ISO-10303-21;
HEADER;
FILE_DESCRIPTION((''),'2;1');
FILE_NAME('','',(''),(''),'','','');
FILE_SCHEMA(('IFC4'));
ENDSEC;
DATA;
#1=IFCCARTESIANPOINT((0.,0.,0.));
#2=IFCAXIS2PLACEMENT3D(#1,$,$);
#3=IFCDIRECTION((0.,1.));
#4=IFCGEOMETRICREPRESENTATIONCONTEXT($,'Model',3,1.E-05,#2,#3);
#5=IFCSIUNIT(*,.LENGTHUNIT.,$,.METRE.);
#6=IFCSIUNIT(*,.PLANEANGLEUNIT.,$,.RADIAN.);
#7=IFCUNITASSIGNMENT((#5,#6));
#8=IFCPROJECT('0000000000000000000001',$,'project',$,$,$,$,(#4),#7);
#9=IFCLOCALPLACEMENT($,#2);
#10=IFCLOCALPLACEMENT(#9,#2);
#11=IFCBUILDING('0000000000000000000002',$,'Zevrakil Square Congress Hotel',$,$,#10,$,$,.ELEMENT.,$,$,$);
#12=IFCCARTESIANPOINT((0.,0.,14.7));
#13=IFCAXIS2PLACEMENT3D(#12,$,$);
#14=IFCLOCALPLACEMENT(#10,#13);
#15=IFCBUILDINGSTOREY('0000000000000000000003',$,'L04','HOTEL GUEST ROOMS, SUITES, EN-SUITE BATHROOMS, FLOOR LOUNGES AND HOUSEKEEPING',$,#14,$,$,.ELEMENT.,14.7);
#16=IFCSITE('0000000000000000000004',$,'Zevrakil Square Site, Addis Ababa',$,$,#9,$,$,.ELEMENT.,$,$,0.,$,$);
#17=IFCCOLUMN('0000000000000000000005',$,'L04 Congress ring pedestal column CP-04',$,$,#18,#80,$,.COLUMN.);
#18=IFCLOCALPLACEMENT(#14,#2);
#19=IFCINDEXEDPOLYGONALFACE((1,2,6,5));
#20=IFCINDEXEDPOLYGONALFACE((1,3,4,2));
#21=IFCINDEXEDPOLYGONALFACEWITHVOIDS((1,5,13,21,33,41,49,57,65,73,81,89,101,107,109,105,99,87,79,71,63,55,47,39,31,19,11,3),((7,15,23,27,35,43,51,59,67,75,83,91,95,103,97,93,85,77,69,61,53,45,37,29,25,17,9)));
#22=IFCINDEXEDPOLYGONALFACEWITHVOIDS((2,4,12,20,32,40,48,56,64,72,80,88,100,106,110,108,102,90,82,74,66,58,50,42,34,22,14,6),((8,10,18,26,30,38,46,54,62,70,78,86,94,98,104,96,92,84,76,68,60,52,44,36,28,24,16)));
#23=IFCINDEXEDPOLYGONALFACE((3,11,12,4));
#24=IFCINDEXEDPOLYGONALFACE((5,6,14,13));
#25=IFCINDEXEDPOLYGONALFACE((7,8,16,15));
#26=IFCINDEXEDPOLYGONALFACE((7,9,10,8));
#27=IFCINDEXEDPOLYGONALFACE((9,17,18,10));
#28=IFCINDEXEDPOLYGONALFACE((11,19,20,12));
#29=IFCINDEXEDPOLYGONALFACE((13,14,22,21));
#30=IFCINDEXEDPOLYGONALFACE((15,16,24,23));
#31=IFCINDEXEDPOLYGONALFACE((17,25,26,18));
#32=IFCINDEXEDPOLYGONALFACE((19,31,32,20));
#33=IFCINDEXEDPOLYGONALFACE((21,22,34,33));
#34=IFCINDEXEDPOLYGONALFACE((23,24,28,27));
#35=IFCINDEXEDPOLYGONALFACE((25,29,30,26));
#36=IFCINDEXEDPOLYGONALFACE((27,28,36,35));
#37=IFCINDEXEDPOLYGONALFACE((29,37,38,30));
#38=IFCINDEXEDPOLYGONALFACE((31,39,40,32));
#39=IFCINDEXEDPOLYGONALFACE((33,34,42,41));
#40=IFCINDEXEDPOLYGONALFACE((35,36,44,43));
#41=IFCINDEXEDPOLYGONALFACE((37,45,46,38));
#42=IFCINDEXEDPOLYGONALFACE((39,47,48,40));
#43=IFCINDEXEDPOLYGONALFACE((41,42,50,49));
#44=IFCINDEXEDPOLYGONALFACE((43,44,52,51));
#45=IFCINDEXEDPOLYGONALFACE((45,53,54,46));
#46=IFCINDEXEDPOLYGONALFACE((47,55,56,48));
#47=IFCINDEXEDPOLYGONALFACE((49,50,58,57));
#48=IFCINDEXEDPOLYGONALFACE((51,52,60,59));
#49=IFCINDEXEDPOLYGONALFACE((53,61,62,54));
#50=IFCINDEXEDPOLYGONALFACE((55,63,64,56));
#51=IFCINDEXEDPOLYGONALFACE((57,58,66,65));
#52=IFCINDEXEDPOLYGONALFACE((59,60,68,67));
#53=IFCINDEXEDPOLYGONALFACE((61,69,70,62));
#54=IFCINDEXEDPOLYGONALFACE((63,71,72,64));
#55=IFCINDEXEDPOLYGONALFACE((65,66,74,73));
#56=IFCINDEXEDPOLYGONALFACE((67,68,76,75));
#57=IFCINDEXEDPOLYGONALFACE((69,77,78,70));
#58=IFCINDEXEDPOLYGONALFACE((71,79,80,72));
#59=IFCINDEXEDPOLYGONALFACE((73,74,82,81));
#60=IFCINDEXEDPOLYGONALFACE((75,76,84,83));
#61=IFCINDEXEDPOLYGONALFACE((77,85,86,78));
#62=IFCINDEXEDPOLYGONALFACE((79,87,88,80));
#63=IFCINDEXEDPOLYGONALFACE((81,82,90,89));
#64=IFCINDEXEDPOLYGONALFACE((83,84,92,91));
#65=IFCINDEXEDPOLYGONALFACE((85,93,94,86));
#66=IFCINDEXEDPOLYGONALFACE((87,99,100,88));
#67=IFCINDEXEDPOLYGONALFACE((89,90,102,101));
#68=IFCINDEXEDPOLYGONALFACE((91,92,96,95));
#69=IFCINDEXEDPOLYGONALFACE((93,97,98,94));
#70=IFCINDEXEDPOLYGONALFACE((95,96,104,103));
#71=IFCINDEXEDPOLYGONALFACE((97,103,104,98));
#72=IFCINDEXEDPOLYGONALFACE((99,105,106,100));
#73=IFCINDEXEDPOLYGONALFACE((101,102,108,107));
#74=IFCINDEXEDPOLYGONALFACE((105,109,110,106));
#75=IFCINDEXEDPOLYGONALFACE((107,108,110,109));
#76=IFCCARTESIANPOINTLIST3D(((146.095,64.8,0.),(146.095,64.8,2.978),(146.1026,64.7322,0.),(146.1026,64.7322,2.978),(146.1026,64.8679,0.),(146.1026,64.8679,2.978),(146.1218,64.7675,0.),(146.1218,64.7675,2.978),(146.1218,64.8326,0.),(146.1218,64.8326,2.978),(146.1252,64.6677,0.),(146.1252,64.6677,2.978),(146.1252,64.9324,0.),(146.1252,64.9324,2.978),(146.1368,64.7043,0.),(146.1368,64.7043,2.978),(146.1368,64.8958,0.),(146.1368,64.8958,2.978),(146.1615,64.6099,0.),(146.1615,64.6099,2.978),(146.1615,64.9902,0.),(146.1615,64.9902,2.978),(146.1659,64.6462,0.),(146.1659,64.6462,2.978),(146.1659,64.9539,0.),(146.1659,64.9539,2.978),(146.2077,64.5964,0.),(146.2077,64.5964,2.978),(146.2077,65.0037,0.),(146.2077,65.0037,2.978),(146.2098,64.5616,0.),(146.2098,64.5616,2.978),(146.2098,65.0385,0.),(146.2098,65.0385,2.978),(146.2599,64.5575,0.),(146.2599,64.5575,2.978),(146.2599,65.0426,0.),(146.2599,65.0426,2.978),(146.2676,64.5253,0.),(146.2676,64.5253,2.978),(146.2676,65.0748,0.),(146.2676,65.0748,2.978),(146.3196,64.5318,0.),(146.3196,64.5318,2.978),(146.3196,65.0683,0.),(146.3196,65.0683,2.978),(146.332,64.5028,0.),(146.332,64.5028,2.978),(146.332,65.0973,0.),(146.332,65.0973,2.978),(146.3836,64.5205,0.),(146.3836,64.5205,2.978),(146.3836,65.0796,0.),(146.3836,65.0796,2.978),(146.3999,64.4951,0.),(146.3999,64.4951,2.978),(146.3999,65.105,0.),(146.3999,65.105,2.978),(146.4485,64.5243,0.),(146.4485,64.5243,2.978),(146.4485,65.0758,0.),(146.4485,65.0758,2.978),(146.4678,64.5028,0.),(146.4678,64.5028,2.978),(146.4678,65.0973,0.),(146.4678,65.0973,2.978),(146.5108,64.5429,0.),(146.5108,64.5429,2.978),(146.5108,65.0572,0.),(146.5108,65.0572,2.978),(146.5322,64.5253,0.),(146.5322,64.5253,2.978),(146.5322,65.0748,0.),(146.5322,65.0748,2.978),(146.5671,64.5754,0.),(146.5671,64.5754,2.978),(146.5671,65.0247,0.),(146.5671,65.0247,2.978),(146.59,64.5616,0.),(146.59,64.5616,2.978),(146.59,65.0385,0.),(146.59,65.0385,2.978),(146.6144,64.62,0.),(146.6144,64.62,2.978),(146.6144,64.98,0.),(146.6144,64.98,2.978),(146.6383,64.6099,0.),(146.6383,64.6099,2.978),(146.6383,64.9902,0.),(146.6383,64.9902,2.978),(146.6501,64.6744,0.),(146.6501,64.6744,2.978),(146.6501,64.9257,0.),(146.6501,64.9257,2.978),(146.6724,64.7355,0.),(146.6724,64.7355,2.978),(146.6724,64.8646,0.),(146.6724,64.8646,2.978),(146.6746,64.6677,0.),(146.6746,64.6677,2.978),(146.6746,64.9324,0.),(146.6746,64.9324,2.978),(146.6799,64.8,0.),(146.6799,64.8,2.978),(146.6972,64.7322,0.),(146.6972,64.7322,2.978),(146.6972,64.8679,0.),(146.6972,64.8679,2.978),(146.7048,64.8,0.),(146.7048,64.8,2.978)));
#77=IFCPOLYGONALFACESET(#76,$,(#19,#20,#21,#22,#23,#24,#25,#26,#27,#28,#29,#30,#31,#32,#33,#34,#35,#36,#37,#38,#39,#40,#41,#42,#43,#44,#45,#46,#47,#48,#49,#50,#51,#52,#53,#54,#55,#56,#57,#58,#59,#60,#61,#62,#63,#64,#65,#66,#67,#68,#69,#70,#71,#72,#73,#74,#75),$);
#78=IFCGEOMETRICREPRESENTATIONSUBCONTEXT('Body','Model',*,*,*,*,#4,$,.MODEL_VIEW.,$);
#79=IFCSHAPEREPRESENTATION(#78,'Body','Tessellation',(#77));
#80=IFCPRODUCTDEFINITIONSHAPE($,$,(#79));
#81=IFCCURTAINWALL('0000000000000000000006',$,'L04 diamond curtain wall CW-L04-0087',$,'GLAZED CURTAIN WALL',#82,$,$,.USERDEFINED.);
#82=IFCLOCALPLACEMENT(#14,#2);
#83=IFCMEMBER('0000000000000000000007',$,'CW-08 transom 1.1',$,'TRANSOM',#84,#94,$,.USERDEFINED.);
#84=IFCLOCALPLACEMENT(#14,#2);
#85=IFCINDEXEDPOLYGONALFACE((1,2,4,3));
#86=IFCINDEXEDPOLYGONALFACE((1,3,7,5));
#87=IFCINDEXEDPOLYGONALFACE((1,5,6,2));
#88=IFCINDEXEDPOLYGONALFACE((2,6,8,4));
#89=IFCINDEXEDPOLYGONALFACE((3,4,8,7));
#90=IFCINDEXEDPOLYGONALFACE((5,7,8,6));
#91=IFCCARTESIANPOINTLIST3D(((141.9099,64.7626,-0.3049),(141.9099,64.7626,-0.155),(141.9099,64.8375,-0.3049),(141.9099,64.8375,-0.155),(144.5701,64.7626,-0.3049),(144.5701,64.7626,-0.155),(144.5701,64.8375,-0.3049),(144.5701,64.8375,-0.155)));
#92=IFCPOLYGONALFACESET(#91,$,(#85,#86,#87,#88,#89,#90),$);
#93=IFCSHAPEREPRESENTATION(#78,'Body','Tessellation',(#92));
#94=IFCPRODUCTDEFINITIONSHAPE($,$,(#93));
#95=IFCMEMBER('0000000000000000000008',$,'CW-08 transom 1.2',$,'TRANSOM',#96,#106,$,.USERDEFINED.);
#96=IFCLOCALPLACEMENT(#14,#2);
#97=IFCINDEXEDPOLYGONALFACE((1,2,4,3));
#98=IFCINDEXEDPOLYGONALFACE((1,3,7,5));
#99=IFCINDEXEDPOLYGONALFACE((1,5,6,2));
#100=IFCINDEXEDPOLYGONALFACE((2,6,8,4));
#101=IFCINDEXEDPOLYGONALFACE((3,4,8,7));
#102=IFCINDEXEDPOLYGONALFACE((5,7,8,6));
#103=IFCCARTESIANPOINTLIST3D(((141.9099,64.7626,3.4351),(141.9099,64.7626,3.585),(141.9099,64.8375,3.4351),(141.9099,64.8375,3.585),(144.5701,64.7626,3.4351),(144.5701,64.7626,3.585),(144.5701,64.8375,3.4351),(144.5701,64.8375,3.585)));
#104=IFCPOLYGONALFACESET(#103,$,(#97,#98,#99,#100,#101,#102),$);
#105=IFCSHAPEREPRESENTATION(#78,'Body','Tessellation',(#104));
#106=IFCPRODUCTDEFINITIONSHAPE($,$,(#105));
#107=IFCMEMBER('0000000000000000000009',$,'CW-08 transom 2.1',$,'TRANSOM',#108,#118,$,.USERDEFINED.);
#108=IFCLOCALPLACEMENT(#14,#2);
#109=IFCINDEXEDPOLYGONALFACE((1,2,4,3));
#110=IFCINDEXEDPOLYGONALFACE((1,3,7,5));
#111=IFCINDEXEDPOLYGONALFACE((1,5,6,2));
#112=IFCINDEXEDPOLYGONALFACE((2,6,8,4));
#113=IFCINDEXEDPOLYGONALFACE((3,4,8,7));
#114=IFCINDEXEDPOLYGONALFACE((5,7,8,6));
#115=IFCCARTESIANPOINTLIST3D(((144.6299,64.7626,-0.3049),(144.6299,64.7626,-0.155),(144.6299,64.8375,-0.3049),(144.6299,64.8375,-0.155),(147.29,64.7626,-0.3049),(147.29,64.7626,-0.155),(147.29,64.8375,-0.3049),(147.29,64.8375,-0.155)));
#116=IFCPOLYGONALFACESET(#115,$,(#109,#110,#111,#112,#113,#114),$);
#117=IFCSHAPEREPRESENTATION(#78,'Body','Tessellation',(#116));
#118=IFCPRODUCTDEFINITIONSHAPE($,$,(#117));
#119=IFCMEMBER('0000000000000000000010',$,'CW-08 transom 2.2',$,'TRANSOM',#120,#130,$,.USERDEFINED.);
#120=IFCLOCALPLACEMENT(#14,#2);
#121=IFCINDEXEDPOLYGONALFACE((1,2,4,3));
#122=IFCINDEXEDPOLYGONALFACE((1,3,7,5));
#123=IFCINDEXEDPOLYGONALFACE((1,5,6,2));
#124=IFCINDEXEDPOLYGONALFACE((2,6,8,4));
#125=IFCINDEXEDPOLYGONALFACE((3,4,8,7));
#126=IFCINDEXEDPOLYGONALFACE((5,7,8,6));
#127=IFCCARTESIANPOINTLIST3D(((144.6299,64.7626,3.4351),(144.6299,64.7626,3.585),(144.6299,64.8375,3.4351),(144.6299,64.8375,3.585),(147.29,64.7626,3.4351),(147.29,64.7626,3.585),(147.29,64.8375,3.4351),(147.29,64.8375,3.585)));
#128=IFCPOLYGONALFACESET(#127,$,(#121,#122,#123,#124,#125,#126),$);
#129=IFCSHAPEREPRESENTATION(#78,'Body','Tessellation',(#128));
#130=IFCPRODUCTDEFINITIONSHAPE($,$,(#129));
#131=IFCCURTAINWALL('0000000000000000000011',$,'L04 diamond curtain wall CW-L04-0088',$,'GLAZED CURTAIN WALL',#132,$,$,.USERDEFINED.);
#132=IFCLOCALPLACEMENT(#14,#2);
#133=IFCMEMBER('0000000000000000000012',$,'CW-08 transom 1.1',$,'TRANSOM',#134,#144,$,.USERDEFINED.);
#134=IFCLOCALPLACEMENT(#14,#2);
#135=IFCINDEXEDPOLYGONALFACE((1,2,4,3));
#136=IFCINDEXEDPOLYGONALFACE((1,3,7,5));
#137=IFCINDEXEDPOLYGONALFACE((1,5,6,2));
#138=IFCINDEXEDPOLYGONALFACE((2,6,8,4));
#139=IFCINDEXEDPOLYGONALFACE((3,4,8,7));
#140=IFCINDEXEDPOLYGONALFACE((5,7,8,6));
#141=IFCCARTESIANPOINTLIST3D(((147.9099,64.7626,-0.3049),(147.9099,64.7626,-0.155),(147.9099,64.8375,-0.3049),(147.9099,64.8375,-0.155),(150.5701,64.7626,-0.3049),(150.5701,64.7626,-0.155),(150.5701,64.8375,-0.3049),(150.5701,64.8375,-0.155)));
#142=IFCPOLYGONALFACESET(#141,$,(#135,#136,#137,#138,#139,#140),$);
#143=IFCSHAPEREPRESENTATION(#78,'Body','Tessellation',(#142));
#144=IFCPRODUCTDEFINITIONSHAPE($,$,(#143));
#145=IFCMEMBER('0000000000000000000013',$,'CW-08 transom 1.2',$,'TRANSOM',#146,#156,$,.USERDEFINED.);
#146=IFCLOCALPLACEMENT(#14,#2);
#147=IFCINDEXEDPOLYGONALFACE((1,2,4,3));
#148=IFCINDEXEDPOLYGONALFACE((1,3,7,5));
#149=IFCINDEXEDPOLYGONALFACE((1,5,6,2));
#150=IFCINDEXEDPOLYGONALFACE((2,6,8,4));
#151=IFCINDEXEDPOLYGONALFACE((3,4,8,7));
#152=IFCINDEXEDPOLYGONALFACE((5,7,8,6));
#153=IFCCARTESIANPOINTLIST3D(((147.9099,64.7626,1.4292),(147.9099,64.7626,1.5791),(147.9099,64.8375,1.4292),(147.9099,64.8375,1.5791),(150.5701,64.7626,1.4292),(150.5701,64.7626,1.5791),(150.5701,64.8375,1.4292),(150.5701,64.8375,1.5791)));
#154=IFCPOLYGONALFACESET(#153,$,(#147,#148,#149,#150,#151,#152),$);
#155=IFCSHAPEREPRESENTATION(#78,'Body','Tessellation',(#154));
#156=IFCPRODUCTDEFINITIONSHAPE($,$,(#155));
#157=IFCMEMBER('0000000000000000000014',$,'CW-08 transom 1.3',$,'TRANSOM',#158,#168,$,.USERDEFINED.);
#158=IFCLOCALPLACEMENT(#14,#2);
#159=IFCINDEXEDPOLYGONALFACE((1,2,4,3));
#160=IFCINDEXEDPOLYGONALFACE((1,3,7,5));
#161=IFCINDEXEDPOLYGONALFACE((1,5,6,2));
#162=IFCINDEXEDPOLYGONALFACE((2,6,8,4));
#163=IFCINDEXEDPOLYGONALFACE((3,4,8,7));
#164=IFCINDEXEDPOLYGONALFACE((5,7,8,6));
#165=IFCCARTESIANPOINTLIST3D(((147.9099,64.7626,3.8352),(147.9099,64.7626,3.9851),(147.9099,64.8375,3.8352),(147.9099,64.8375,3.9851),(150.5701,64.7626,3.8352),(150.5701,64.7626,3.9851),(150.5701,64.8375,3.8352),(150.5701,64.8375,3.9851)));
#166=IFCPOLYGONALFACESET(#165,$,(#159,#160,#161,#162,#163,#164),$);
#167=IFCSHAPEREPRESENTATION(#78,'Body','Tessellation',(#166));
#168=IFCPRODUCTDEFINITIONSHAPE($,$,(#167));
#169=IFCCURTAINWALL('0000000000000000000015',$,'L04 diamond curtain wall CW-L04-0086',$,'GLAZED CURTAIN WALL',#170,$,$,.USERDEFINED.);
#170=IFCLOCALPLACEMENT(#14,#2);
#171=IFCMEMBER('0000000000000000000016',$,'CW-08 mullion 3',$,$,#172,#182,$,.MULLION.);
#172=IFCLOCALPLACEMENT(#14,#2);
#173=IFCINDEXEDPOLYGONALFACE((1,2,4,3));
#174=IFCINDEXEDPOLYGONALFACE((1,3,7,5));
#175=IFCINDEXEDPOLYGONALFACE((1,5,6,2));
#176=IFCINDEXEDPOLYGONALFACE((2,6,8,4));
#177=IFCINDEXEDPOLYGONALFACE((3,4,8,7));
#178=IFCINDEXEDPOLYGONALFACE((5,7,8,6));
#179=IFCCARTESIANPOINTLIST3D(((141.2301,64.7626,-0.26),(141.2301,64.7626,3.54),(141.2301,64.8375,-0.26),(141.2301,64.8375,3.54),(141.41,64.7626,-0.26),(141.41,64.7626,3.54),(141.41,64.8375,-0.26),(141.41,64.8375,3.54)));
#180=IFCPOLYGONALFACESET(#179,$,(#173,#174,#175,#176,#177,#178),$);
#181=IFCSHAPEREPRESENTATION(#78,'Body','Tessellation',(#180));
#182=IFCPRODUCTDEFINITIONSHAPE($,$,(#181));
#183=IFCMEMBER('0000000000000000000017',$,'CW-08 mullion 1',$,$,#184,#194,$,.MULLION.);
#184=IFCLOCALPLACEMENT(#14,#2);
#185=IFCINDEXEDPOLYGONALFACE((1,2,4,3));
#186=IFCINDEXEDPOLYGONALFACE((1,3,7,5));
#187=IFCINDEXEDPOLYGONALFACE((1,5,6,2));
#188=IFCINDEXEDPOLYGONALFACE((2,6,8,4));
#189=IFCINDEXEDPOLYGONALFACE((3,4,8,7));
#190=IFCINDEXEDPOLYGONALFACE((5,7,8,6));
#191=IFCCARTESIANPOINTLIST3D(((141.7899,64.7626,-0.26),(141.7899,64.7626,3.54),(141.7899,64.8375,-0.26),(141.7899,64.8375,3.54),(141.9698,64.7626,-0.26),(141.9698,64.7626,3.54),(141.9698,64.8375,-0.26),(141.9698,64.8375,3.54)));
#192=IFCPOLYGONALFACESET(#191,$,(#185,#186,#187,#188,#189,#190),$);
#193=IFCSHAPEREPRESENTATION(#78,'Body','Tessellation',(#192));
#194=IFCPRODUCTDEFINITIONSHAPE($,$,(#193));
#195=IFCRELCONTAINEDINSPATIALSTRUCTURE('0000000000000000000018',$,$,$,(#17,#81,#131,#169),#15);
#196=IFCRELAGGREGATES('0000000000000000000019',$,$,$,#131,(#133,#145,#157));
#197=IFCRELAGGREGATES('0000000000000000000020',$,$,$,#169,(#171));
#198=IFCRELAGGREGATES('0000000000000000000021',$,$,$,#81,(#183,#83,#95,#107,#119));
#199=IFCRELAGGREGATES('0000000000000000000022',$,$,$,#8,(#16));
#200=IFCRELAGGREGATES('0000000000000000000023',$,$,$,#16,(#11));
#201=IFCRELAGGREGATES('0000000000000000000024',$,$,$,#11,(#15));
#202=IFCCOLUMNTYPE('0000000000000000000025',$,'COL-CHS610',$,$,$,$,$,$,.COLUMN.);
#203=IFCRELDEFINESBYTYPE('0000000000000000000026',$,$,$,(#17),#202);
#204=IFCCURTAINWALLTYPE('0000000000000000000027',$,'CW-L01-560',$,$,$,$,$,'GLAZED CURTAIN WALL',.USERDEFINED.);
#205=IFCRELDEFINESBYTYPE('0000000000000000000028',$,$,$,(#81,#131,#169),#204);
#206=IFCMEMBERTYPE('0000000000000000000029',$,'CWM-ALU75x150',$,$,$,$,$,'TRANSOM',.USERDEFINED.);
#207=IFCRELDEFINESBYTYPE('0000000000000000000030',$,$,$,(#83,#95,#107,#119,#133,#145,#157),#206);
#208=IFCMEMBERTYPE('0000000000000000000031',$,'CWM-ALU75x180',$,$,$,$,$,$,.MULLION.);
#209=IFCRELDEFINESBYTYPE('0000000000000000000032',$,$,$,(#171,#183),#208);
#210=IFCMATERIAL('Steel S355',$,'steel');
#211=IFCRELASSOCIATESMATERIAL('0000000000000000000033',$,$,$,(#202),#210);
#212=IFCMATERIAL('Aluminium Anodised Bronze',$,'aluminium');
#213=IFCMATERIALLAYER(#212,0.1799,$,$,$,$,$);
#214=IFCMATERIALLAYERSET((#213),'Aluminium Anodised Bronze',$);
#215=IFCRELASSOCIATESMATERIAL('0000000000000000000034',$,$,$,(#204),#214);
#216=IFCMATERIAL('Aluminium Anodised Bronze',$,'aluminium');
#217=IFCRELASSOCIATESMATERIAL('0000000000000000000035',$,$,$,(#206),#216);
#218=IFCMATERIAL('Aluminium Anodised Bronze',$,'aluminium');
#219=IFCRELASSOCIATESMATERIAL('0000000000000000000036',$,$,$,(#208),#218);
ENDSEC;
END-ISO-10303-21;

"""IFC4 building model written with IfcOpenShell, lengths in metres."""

from ifc_helpers import new_model, si_unit, direction, frame, origin, origin_2d, place, context, subcontext, project, spatial, rectangle, hollow_circle, extrude, material, layer, layer_set, material_profile, profile_set, type_object, element, aggregate, save


model = new_model("IFC4")

# Units and contexts
model_context = context("Model", 3, precision=1e-05, world=origin(), true_north=direction((0.0, 1.0)))
body_context = subcontext(model_context, "Body", "Model", "MODEL_VIEW")
ifc_project = project(units=[si_unit("LENGTHUNIT", "METRE"), si_unit("PLANEANGLEUNIT", "RADIAN")], contexts=[model_context])

# Site, building, storey
site_placement = place(None, origin())
site = spatial("IfcSite", under=ifc_project, at=site_placement, Name="Zevrakil Square Site, Addis Ababa", CompositionType="ELEMENT", RefElevation=0.0)
building_placement = place(site_placement, origin())
building = spatial("IfcBuilding", under=site, at=building_placement, Name="Zevrakil Square Congress Hotel", CompositionType="ELEMENT")
storey_placement = place(building_placement, frame((0.0, 0.0, 14.7)))
storey = spatial("IfcBuildingStorey", under=building, at=storey_placement, Name="L04", Description="HOTEL GUEST ROOMS, SUITES, EN-SUITE BATHROOMS, FLOOR LOUNGES AND HOUSEKEEPING", CompositionType="ELEMENT", Elevation=14.7)

# Column
ifc_material_1 = material(Name="Steel S355", Category="steel")
ifc_material_profile_1 = material_profile(ifc_material_1, hollow_circle(Radius=0.3049, WallThickness=0.0249, at=origin_2d()), Name="CHS 610x25")
ifc_profile_set_1 = profile_set([ifc_material_profile_1], Name="Steel S355")
column_type = type_object("IfcColumnType", Name="COL-CHS610", PredefinedType="COLUMN", material=ifc_profile_set_1)
column_placement = place(storey_placement, frame((146.3999, 64.8, 0.0), z_axis=(0.0, 0.0, 1.0), x_axis=(1.0, 0.0, 0.0)))
element("IfcColumn", 1, at=column_placement, inside=storey, type_object=column_type, Name="L04 Congress ring pedestal column CP-04", PredefinedType="COLUMN", context=body_context, shape_type="SweptSolid", body=[
    extrude(hollow_circle(Radius=0.3049, WallThickness=0.0249, at=origin_2d()), origin(), (0.0, 0.0, 1.0), 2.978),
])

# Curtain walls, members
ifc_material_2 = material(Name="Aluminium Anodised Bronze", Category="aluminium")
ifc_layer_1 = layer(ifc_material_2, 0.1799)
ifc_layer_set_1 = layer_set([ifc_layer_1], Name="Aluminium Anodised Bronze")
curtain_wall_type_1 = type_object("IfcCurtainWallType", Name="CW-L01-560", ElementType="GLAZED CURTAIN WALL", PredefinedType="USERDEFINED", material=ifc_layer_set_1)
curtain_wall_1_placement = place(storey_placement, origin())
curtain_wall_1 = element("IfcCurtainWall", 2, at=curtain_wall_1_placement, inside=storey, type_object=curtain_wall_type_1, Name="L04 diamond curtain wall CW-L04-0087", ObjectType="GLAZED CURTAIN WALL", PredefinedType="USERDEFINED")
ifc_material_3 = material(Name="Aluminium Anodised Bronze", Category="aluminium")
ifc_material_profile_2 = material_profile(ifc_material_3, rectangle(XDim=0.075, YDim=0.1499, at=origin_2d()), Name="ALU 75x150")
ifc_profile_set_2 = profile_set([ifc_material_profile_2], Name="Aluminium Anodised Bronze")
member_type_1 = type_object("IfcMemberType", Name="CWM-ALU75x150", ElementType="TRANSOM", PredefinedType="USERDEFINED", material=ifc_profile_set_2)
member_1_placement = place(storey_placement, frame((141.9099, 64.8, -0.23), z_axis=(1.0, 0.0, 0.0), x_axis=(0.0, 1.0, 0.0)))
member_1 = element("IfcMember", 3, at=member_1_placement, type_object=member_type_1, Name="CW-08 transom 1.1", ObjectType="TRANSOM", PredefinedType="USERDEFINED", context=body_context, shape_type="SweptSolid", body=[
    extrude(rectangle(XDim=0.075, YDim=0.1499, at=origin_2d()), origin(), (0.0, 0.0, 1.0), 2.6602),
])
member_2_placement = place(storey_placement, frame((141.9099, 64.8, 3.51), z_axis=(1.0, 0.0, 0.0), x_axis=(0.0, 1.0, 0.0)))
member_2 = element("IfcMember", 4, at=member_2_placement, type_object=member_type_1, Name="CW-08 transom 1.2", ObjectType="TRANSOM", PredefinedType="USERDEFINED", context=body_context, shape_type="SweptSolid", body=[
    extrude(rectangle(XDim=0.075, YDim=0.1499, at=origin_2d()), origin(), (0.0, 0.0, 1.0), 2.6602),
])
member_3_placement = place(storey_placement, frame((144.6299, 64.8, -0.23), z_axis=(1.0, 0.0, 0.0), x_axis=(0.0, 1.0, 0.0)))
member_3 = element("IfcMember", 5, at=member_3_placement, type_object=member_type_1, Name="CW-08 transom 2.1", ObjectType="TRANSOM", PredefinedType="USERDEFINED", context=body_context, shape_type="SweptSolid", body=[
    extrude(rectangle(XDim=0.075, YDim=0.1499, at=origin_2d()), origin(), (0.0, 0.0, 1.0), 2.6602),
])
member_4_placement = place(storey_placement, frame((144.6299, 64.8, 3.51), z_axis=(1.0, 0.0, 0.0), x_axis=(0.0, 1.0, 0.0)))
member_4 = element("IfcMember", 6, at=member_4_placement, type_object=member_type_1, Name="CW-08 transom 2.2", ObjectType="TRANSOM", PredefinedType="USERDEFINED", context=body_context, shape_type="SweptSolid", body=[
    extrude(rectangle(XDim=0.075, YDim=0.1499, at=origin_2d()), origin(), (0.0, 0.0, 1.0), 2.6602),
])
curtain_wall_2_placement = place(storey_placement, origin())
curtain_wall_2 = element("IfcCurtainWall", 7, at=curtain_wall_2_placement, inside=storey, type_object=curtain_wall_type_1, Name="L04 diamond curtain wall CW-L04-0088", ObjectType="GLAZED CURTAIN WALL", PredefinedType="USERDEFINED")
member_5_placement = place(storey_placement, frame((147.9099, 64.8, -0.23), z_axis=(1.0, 0.0, 0.0), x_axis=(0.0, 1.0, 0.0)))
member_5 = element("IfcMember", 8, at=member_5_placement, type_object=member_type_1, Name="CW-08 transom 1.1", ObjectType="TRANSOM", PredefinedType="USERDEFINED", context=body_context, shape_type="SweptSolid", body=[
    extrude(rectangle(XDim=0.075, YDim=0.1499, at=origin_2d()), origin(), (0.0, 0.0, 1.0), 2.6602),
])
member_6_placement = place(storey_placement, frame((147.9099, 64.8, 1.5042), z_axis=(1.0, 0.0, 0.0), x_axis=(0.0, 1.0, 0.0)))
member_6 = element("IfcMember", 9, at=member_6_placement, type_object=member_type_1, Name="CW-08 transom 1.2", ObjectType="TRANSOM", PredefinedType="USERDEFINED", context=body_context, shape_type="SweptSolid", body=[
    extrude(rectangle(XDim=0.075, YDim=0.1499, at=origin_2d()), origin(), (0.0, 0.0, 1.0), 2.6602),
])
member_7_placement = place(storey_placement, frame((147.9099, 64.8, 3.9102), z_axis=(1.0, 0.0, 0.0), x_axis=(0.0, 1.0, 0.0)))
member_7 = element("IfcMember", 10, at=member_7_placement, type_object=member_type_1, Name="CW-08 transom 1.3", ObjectType="TRANSOM", PredefinedType="USERDEFINED", context=body_context, shape_type="SweptSolid", body=[
    extrude(rectangle(XDim=0.075, YDim=0.1499, at=origin_2d()), origin(), (0.0, 0.0, 1.0), 2.6602),
])

# Curtain wall, member
curtain_wall_3_placement = place(storey_placement, origin())
curtain_wall_3 = element("IfcCurtainWall", 11, at=curtain_wall_3_placement, inside=storey, type_object=curtain_wall_type_1, Name="L04 diamond curtain wall CW-L04-0086", ObjectType="GLAZED CURTAIN WALL", PredefinedType="USERDEFINED")
ifc_material_4 = material(Name="Aluminium Anodised Bronze", Category="aluminium")
ifc_material_profile_3 = material_profile(ifc_material_4, rectangle(XDim=0.075, YDim=0.1799, at=origin_2d()), Name="ALU 75x180")
ifc_profile_set_3 = profile_set([ifc_material_profile_3], Name="Aluminium Anodised Bronze")
member_type_2 = type_object("IfcMemberType", Name="CWM-ALU75x180", PredefinedType="MULLION", material=ifc_profile_set_3)
member_8_placement = place(storey_placement, frame((141.3201, 64.8, -0.26), z_axis=(0.0, 0.0, 1.0), x_axis=(0.0, 1.0, 0.0)))
member_8 = element("IfcMember", 12, at=member_8_placement, type_object=member_type_2, Name="CW-08 mullion 3", PredefinedType="MULLION", context=body_context, shape_type="SweptSolid", body=[
    extrude(rectangle(XDim=0.075, YDim=0.1799, at=origin_2d()), origin(), (0.0, 0.0, 1.0), 3.8),
])

# Member
member_9_placement = place(storey_placement, frame((141.8799, 64.8, -0.26), z_axis=(0.0, 0.0, 1.0), x_axis=(0.0, 1.0, 0.0)))
member_9 = element("IfcMember", 13, at=member_9_placement, type_object=member_type_2, Name="CW-08 mullion 1", PredefinedType="MULLION", context=body_context, shape_type="SweptSolid", body=[
    extrude(rectangle(XDim=0.075, YDim=0.1799, at=origin_2d()), origin(), (0.0, 0.0, 1.0), 3.8),
])
aggregate(curtain_wall_2, [member_5, member_6, member_7])

aggregate(curtain_wall_3, [member_8])
aggregate(curtain_wall_1, [member_9, member_1, member_2, member_3, member_4])

save(model, "model.ifc")
